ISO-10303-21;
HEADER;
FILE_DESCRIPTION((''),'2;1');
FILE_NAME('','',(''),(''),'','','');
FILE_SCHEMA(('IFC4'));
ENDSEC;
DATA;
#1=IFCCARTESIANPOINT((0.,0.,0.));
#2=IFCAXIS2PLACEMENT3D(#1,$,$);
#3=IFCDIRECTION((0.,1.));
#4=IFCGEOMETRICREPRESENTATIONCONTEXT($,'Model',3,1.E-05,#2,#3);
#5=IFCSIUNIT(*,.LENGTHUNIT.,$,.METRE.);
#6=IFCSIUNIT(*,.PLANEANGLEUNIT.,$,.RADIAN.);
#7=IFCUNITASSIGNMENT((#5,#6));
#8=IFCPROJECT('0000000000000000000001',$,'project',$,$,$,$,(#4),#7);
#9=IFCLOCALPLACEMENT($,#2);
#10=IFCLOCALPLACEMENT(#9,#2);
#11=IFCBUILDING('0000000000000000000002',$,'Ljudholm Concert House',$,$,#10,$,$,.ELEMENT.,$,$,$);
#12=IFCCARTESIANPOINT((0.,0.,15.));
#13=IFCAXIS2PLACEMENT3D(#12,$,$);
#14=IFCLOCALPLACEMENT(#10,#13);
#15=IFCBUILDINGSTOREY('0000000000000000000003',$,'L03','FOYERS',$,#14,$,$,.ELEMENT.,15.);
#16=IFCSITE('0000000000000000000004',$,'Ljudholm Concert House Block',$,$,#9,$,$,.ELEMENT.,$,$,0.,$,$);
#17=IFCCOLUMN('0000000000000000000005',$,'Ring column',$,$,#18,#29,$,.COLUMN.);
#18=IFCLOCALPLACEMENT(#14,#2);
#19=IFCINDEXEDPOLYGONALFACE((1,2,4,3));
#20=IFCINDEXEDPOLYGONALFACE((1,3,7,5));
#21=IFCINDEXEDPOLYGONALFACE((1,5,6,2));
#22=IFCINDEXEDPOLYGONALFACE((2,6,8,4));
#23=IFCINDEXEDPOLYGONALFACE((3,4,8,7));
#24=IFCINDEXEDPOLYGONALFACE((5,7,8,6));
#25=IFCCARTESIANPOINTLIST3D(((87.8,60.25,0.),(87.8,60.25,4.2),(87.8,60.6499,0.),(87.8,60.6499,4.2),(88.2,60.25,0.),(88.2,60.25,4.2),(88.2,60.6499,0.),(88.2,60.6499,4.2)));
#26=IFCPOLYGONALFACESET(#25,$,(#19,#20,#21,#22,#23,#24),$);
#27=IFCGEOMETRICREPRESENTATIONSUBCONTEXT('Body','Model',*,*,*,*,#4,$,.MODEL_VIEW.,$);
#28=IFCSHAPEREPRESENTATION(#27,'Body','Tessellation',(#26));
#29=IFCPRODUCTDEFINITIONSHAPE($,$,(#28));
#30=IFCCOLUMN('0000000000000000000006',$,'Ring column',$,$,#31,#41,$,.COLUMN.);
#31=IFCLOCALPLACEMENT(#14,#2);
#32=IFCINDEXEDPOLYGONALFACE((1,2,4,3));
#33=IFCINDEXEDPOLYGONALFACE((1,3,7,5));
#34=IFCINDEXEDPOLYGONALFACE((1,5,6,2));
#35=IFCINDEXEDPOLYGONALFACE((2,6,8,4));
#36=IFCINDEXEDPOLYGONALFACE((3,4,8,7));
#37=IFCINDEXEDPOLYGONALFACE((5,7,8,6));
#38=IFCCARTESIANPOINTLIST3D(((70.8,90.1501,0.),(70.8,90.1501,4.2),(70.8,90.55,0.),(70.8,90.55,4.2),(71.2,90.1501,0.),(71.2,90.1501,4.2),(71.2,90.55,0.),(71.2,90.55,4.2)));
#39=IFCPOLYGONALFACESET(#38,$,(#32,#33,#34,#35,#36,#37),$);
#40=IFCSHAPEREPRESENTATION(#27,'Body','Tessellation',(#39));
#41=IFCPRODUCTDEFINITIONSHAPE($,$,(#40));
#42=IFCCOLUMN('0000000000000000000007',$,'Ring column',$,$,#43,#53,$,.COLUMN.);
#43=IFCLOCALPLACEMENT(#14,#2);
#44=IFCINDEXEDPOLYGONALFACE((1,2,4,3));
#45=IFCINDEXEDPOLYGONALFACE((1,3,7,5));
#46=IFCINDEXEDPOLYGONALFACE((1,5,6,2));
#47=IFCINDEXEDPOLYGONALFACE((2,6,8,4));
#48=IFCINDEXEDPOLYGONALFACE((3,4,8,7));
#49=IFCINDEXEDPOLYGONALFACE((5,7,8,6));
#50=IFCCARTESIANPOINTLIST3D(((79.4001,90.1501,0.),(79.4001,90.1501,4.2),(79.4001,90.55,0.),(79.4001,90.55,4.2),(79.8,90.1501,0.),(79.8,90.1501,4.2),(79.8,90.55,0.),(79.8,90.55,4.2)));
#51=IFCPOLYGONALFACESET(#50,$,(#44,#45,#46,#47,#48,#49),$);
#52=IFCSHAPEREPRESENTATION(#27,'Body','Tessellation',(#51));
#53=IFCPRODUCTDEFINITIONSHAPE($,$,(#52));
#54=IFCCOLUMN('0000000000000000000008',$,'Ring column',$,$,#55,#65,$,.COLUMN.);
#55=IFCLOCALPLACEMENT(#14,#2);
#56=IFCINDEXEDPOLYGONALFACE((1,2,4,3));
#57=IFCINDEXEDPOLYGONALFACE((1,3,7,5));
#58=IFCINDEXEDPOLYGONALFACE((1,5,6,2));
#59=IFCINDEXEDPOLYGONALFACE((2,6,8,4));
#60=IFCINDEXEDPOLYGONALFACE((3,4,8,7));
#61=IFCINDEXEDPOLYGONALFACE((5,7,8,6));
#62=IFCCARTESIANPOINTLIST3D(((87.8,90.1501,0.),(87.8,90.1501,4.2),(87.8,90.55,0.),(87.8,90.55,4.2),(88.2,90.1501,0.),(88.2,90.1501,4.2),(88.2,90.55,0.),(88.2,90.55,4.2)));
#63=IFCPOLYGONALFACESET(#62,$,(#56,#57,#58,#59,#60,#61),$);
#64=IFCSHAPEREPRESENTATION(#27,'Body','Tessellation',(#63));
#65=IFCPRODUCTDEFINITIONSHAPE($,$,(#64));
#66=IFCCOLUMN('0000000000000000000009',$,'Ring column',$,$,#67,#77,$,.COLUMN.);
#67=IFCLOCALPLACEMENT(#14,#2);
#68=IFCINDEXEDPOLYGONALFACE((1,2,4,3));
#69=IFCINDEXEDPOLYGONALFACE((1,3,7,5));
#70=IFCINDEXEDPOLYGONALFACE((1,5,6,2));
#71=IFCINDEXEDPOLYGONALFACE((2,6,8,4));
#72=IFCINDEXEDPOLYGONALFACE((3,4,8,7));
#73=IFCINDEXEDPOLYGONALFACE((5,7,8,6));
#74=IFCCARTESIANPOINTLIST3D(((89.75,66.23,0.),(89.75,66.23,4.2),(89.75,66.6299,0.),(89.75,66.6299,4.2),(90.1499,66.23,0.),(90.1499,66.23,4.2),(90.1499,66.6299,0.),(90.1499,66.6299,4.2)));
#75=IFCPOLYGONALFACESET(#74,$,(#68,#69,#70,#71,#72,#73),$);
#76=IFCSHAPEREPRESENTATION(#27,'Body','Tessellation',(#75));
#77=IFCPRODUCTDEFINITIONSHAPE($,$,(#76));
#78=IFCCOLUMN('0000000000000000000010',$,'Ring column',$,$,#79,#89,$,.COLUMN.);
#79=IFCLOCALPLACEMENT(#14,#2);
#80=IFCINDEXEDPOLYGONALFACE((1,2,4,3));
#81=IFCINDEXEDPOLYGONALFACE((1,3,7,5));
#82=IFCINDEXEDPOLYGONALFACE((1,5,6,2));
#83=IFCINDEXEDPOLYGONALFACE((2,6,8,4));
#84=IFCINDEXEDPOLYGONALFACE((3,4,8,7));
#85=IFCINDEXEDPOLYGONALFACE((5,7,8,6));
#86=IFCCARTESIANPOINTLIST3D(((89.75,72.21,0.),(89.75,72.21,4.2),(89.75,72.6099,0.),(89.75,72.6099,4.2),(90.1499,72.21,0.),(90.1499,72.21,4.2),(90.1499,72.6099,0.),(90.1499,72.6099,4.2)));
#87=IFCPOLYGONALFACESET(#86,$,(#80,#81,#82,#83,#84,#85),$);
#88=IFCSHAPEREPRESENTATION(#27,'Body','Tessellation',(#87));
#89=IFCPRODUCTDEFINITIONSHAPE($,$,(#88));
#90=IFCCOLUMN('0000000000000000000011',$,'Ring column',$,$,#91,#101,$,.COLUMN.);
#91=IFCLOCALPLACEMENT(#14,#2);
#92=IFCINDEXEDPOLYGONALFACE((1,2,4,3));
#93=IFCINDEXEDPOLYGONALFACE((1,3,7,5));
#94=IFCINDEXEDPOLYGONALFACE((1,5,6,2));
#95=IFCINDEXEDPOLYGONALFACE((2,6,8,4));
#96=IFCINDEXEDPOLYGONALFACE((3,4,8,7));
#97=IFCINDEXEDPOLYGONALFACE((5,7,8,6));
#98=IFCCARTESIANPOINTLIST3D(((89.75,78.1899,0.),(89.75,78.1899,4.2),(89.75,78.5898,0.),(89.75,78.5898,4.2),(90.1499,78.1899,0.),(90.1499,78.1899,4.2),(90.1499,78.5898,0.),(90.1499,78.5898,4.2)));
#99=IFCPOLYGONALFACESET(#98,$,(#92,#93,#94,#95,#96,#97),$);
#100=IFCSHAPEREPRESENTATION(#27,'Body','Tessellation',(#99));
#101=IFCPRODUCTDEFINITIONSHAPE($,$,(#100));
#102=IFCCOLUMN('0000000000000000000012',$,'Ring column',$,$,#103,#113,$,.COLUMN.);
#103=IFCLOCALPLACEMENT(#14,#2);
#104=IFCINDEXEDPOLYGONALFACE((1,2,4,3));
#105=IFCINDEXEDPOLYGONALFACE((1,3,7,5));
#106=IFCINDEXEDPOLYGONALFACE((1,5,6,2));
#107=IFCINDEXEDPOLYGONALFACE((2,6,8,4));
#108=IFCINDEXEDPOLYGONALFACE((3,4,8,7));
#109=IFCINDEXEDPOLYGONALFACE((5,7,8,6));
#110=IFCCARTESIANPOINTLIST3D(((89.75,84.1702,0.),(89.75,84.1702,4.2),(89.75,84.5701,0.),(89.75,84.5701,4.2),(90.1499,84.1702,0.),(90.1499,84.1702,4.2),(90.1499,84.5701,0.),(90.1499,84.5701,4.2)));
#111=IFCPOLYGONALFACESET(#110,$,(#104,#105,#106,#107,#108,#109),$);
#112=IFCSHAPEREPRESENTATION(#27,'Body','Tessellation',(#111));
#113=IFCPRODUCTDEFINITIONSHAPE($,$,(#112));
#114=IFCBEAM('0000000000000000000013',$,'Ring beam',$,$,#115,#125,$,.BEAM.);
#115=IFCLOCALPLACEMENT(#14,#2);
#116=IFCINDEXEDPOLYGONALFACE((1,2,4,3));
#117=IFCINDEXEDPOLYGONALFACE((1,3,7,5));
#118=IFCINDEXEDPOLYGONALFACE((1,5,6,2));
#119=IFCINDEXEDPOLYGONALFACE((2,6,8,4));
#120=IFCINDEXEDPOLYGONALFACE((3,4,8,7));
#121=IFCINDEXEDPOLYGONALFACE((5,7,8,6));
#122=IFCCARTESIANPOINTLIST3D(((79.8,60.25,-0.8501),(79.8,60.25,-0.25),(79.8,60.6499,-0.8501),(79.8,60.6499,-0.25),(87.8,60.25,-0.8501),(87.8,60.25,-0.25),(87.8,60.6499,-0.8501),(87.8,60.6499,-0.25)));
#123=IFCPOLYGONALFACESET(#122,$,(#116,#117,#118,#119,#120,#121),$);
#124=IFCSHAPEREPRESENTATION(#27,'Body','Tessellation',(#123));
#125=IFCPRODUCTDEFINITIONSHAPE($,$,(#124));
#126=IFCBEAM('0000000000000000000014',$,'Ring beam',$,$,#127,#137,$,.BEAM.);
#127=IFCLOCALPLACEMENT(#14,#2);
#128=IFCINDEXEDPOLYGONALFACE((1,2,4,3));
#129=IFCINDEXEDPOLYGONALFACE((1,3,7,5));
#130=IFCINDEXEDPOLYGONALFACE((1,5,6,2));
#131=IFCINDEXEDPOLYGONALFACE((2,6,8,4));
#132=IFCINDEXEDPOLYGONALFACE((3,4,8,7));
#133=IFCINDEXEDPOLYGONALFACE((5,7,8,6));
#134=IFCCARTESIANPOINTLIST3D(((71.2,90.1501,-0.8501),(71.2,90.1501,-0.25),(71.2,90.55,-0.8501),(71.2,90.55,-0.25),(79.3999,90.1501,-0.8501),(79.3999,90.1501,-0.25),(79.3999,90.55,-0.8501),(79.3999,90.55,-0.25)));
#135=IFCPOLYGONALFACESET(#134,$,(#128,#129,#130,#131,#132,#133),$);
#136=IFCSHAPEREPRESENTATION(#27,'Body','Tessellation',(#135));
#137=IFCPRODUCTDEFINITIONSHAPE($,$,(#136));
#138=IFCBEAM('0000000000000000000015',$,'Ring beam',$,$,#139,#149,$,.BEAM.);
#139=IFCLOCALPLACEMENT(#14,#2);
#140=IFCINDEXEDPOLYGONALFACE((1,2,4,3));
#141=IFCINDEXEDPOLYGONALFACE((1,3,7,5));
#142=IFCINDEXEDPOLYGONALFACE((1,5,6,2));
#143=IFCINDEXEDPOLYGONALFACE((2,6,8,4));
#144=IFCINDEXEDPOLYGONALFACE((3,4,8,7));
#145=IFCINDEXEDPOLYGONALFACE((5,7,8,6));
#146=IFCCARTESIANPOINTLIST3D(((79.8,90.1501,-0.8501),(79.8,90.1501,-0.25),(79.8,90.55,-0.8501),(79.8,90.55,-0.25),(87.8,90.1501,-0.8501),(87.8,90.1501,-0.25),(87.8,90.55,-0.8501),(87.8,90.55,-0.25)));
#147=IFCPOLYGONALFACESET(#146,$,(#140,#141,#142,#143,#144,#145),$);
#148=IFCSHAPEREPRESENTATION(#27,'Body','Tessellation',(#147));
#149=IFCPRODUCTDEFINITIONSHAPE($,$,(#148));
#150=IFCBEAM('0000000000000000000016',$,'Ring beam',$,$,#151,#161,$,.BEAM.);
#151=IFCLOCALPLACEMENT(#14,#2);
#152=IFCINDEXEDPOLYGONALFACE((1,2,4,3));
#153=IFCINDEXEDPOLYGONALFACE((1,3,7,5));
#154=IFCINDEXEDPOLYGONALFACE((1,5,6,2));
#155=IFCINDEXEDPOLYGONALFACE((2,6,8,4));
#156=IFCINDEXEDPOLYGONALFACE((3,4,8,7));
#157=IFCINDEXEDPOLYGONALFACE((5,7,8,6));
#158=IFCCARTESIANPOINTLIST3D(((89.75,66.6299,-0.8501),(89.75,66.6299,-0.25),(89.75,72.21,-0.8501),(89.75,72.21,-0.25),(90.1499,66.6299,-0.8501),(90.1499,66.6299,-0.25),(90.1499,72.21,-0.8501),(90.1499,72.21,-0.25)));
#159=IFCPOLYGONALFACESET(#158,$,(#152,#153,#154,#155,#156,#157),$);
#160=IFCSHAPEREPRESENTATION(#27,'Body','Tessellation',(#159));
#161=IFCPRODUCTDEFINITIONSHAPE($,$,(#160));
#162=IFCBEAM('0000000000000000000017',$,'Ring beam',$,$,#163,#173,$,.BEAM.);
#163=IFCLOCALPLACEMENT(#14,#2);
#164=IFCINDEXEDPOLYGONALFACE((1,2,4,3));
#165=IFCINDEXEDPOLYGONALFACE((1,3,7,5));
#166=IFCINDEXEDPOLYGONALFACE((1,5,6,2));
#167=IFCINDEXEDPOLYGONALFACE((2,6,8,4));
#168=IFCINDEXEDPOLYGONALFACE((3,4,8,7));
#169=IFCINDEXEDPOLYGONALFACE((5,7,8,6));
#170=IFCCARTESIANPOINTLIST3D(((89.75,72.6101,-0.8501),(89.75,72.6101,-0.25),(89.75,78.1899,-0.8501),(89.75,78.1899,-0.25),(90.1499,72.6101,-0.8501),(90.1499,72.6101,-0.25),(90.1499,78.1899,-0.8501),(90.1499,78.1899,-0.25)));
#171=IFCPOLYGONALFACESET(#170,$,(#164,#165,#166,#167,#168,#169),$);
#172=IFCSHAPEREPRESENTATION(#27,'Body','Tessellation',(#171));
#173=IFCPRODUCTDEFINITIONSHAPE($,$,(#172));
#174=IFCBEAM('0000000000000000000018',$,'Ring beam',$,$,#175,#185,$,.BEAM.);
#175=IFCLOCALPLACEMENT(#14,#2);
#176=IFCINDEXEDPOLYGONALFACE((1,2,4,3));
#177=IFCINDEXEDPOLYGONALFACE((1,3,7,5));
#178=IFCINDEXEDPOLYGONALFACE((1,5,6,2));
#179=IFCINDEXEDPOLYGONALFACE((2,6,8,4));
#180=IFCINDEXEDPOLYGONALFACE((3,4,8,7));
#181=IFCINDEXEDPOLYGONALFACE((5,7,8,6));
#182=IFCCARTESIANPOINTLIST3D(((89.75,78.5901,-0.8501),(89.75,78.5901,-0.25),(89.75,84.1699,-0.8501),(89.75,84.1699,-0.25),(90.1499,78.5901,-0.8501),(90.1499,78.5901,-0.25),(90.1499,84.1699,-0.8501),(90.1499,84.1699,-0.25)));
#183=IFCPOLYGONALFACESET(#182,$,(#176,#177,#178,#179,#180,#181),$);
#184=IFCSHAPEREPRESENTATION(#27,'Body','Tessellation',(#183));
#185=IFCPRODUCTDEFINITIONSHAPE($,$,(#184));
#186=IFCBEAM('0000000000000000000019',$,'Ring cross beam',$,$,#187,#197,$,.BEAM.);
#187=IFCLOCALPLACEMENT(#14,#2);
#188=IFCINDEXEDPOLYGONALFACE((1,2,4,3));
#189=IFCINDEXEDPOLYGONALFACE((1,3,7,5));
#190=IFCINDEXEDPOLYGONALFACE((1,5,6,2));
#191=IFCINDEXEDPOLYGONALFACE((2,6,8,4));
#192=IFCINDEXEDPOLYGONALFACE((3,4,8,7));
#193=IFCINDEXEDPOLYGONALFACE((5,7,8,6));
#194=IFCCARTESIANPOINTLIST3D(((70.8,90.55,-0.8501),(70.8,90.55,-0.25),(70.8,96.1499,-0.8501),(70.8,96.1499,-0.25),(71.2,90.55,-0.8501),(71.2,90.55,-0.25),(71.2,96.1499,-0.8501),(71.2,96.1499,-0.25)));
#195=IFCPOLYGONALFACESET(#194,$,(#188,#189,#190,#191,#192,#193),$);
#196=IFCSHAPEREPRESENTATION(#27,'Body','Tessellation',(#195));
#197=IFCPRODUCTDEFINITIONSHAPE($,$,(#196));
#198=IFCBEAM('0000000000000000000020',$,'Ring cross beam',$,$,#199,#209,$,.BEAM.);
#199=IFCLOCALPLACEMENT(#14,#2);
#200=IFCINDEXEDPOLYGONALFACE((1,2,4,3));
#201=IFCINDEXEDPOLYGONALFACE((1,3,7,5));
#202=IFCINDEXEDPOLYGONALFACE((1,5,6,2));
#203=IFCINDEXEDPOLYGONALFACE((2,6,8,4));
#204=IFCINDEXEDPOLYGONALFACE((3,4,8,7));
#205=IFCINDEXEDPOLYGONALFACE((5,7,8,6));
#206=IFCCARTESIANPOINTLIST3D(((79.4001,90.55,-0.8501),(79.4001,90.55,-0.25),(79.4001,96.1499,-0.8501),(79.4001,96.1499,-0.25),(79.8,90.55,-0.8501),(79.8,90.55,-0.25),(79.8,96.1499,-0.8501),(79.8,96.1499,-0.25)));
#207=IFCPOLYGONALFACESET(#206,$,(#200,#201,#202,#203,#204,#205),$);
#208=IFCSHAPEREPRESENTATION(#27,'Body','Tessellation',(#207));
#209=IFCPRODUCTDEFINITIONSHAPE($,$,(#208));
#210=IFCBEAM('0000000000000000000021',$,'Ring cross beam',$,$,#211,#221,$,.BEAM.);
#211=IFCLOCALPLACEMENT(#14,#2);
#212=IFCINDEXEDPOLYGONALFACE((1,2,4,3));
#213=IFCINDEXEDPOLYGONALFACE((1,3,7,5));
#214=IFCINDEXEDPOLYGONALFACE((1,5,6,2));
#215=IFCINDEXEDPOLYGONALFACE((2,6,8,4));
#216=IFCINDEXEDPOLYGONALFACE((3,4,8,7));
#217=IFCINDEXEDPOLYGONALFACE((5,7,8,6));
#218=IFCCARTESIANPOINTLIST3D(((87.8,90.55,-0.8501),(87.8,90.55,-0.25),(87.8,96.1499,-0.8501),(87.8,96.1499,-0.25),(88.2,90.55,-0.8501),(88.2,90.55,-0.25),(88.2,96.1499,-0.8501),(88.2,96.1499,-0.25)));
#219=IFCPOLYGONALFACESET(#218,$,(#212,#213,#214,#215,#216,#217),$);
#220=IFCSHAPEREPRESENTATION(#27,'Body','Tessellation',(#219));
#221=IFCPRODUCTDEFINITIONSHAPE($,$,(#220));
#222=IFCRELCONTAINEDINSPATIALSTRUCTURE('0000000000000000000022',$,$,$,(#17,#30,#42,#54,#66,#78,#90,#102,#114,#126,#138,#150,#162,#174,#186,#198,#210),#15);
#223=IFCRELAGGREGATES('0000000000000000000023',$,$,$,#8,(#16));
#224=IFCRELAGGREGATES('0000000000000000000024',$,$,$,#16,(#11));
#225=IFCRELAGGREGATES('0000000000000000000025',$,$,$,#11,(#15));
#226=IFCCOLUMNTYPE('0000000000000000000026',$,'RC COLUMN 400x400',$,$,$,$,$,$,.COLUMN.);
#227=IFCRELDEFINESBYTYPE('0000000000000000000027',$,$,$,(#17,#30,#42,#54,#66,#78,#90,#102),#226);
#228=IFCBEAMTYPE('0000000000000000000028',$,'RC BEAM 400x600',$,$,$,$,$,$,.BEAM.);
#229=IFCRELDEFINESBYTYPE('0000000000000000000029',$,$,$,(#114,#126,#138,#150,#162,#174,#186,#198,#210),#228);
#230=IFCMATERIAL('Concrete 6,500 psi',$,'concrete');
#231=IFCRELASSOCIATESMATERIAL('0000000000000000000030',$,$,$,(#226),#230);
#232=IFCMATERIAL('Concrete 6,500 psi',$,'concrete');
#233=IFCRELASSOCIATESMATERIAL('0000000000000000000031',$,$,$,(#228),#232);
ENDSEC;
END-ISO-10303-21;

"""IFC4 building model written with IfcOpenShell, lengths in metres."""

from ifc_helpers import new_model, si_unit, direction, frame, origin, origin_2d, place, context, subcontext, project, spatial, rectangle, extrude, material, material_profile, profile_set, type_object, element, save


model = new_model("IFC4")

# Units and contexts
model_context = context("Model", 3, precision=1e-05, world=origin(), true_north=direction((0.0, 1.0)))
body_context = subcontext(model_context, "Body", "Model", "MODEL_VIEW")
ifc_project = project(units=[si_unit("LENGTHUNIT", "METRE"), si_unit("PLANEANGLEUNIT", "RADIAN")], contexts=[model_context])

# Site, building, storey
site_placement = place(None, origin())
site = spatial("IfcSite", under=ifc_project, at=site_placement, Name="Ljudholm Concert House Block", CompositionType="ELEMENT", RefElevation=0.0)
building_placement = place(site_placement, origin())
building = spatial("IfcBuilding", under=site, at=building_placement, Name="Ljudholm Concert House", CompositionType="ELEMENT")
storey_placement = place(building_placement, frame((0.0, 0.0, 15.0)))
storey = spatial("IfcBuildingStorey", under=building, at=storey_placement, Name="L03", Description="FOYERS", CompositionType="ELEMENT", Elevation=15.0)

# Columns
ifc_material_1 = material(Name="Concrete 6,500 psi", Category="concrete")
ifc_material_profile_1 = material_profile(ifc_material_1, rectangle(XDim=0.3999, YDim=0.3999, at=origin_2d()), Name="RC COLUMN 400x400")
ifc_profile_set_1 = profile_set([ifc_material_profile_1], Name="Concrete 6,500 psi")
column_type = type_object("IfcColumnType", Name="RC COLUMN 400x400", PredefinedType="COLUMN", material=ifc_profile_set_1)
for number, where, z_axis, x_axis, name in (
    (1, (88.0, 60.45, 0.0), (0.0, 0.0, 1.0), (1.0, 0.0, 0.0), "Ring column"),
    (2, (71.0, 90.3501, 0.0), (0.0, 0.0, 1.0), (1.0, 0.0, 0.0), "Ring column"),
    (3, (79.6001, 90.3501, 0.0), (0.0, 0.0, 1.0), (1.0, 0.0, 0.0), "Ring column"),
    (4, (88.0, 90.3501, 0.0), (0.0, 0.0, 1.0), (1.0, 0.0, 0.0), "Ring column"),
    (5, (89.95, 66.4299, 0.0), (0.0, 0.0, 1.0), (1.0, 0.0, 0.0), "Ring column"),
    (6, (89.95, 72.4099, 0.0), (0.0, 0.0, 1.0), (1.0, 0.0, 0.0), "Ring column"),
    (7, (89.95, 78.3899, 0.0), (0.0, 0.0, 1.0), (1.0, 0.0, 0.0), "Ring column"),
    (8, (89.95, 84.3701, 0.0), (0.0, 0.0, 1.0), (1.0, 0.0, 0.0), "Ring column"),
):
    element("IfcColumn", number, at=place(storey_placement, frame(where, z_axis=z_axis, x_axis=x_axis)), inside=storey, type_object=column_type, Name=name, PredefinedType="COLUMN", context=body_context, shape_type="SweptSolid", body=[
        extrude(rectangle(XDim=0.3999, YDim=0.3999, at=origin_2d()), origin(), (0.0, 0.0, 1.0), 4.2),
    ])

# Beams
ifc_material_2 = material(Name="Concrete 6,500 psi", Category="concrete")
ifc_material_profile_2 = material_profile(ifc_material_2, rectangle(XDim=0.3999, YDim=0.6001, at=origin_2d()), Name="RC BEAM 400x600")
ifc_profile_set_2 = profile_set([ifc_material_profile_2], Name="Concrete 6,500 psi")
beam_type = type_object("IfcBeamType", Name="RC BEAM 400x600", PredefinedType="BEAM", material=ifc_profile_set_2)
beam_1_placement = place(storey_placement, frame((79.8, 60.45, -0.55), z_axis=(1.0, 0.0, 0.0), x_axis=(0.0, 1.0, 0.0)))
element("IfcBeam", 9, at=beam_1_placement, inside=storey, type_object=beam_type, Name="Ring beam", PredefinedType="BEAM", context=body_context, shape_type="SweptSolid", body=[
    extrude(rectangle(XDim=0.3999, YDim=0.6001, at=origin_2d()), origin(), (0.0, 0.0, 1.0), 8.0),
])
beam_2_placement = place(storey_placement, frame((71.2, 90.3501, -0.55), z_axis=(1.0, 0.0, 0.0), x_axis=(0.0, 1.0, 0.0)))
element("IfcBeam", 10, at=beam_2_placement, inside=storey, type_object=beam_type, Name="Ring beam", PredefinedType="BEAM", context=body_context, shape_type="SweptSolid", body=[
    extrude(rectangle(XDim=0.3999, YDim=0.6001, at=origin_2d()), origin(), (0.0, 0.0, 1.0), 8.2),
])
beam_3_placement = place(storey_placement, frame((79.8, 90.3501, -0.55), z_axis=(1.0, 0.0, 0.0), x_axis=(0.0, 1.0, 0.0)))
element("IfcBeam", 11, at=beam_3_placement, inside=storey, type_object=beam_type, Name="Ring beam", PredefinedType="BEAM", context=body_context, shape_type="SweptSolid", body=[
    extrude(rectangle(XDim=0.3999, YDim=0.6001, at=origin_2d()), origin(), (0.0, 0.0, 1.0), 8.0),
])
beam_4_placement = place(storey_placement, frame((89.95, 66.6299, -0.55), z_axis=(0.0, 1.0, 0.0), x_axis=(-1.0, 0.0, 0.0)))
element("IfcBeam", 12, at=beam_4_placement, inside=storey, type_object=beam_type, Name="Ring beam", PredefinedType="BEAM", context=body_context, shape_type="SweptSolid", body=[
    extrude(rectangle(XDim=0.3999, YDim=0.6001, at=origin_2d()), origin(), (0.0, 0.0, 1.0), 5.5801),
])
for number, where, z_axis, x_axis, name in (
    (13, (89.95, 72.6101, -0.55), (0.0, 1.0, 0.0), (-1.0, 0.0, 0.0), "Ring beam"),
    (14, (89.95, 78.5901, -0.55), (0.0, 1.0, 0.0), (-1.0, 0.0, 0.0), "Ring beam"),
):
    element("IfcBeam", number, at=place(storey_placement, frame(where, z_axis=z_axis, x_axis=x_axis)), inside=storey, type_object=beam_type, Name=name, PredefinedType="BEAM", context=body_context, shape_type="SweptSolid", body=[
        extrude(rectangle(XDim=0.3999, YDim=0.6001, at=origin_2d()), origin(), (0.0, 0.0, 1.0), 5.5798),
    ])
for number, where, z_axis, x_axis, name in (
    (15, (71.0, 90.55, -0.55), (0.0, 1.0, 0.0), (-1.0, 0.0, 0.0), "Ring cross beam"),
    (16, (79.6001, 90.55, -0.55), (0.0, 1.0, 0.0), (-1.0, 0.0, 0.0), "Ring cross beam"),
    (17, (88.0, 90.55, -0.55), (0.0, 1.0, 0.0), (-1.0, 0.0, 0.0), "Ring cross beam"),
):
    element("IfcBeam", number, at=place(storey_placement, frame(where, z_axis=z_axis, x_axis=x_axis)), inside=storey, type_object=beam_type, Name=name, PredefinedType="BEAM", context=body_context, shape_type="SweptSolid", body=[
        extrude(rectangle(XDim=0.3999, YDim=0.6001, at=origin_2d()), origin(), (0.0, 0.0, 1.0), 5.5999),
    ])

save(model, "model.ifc")
